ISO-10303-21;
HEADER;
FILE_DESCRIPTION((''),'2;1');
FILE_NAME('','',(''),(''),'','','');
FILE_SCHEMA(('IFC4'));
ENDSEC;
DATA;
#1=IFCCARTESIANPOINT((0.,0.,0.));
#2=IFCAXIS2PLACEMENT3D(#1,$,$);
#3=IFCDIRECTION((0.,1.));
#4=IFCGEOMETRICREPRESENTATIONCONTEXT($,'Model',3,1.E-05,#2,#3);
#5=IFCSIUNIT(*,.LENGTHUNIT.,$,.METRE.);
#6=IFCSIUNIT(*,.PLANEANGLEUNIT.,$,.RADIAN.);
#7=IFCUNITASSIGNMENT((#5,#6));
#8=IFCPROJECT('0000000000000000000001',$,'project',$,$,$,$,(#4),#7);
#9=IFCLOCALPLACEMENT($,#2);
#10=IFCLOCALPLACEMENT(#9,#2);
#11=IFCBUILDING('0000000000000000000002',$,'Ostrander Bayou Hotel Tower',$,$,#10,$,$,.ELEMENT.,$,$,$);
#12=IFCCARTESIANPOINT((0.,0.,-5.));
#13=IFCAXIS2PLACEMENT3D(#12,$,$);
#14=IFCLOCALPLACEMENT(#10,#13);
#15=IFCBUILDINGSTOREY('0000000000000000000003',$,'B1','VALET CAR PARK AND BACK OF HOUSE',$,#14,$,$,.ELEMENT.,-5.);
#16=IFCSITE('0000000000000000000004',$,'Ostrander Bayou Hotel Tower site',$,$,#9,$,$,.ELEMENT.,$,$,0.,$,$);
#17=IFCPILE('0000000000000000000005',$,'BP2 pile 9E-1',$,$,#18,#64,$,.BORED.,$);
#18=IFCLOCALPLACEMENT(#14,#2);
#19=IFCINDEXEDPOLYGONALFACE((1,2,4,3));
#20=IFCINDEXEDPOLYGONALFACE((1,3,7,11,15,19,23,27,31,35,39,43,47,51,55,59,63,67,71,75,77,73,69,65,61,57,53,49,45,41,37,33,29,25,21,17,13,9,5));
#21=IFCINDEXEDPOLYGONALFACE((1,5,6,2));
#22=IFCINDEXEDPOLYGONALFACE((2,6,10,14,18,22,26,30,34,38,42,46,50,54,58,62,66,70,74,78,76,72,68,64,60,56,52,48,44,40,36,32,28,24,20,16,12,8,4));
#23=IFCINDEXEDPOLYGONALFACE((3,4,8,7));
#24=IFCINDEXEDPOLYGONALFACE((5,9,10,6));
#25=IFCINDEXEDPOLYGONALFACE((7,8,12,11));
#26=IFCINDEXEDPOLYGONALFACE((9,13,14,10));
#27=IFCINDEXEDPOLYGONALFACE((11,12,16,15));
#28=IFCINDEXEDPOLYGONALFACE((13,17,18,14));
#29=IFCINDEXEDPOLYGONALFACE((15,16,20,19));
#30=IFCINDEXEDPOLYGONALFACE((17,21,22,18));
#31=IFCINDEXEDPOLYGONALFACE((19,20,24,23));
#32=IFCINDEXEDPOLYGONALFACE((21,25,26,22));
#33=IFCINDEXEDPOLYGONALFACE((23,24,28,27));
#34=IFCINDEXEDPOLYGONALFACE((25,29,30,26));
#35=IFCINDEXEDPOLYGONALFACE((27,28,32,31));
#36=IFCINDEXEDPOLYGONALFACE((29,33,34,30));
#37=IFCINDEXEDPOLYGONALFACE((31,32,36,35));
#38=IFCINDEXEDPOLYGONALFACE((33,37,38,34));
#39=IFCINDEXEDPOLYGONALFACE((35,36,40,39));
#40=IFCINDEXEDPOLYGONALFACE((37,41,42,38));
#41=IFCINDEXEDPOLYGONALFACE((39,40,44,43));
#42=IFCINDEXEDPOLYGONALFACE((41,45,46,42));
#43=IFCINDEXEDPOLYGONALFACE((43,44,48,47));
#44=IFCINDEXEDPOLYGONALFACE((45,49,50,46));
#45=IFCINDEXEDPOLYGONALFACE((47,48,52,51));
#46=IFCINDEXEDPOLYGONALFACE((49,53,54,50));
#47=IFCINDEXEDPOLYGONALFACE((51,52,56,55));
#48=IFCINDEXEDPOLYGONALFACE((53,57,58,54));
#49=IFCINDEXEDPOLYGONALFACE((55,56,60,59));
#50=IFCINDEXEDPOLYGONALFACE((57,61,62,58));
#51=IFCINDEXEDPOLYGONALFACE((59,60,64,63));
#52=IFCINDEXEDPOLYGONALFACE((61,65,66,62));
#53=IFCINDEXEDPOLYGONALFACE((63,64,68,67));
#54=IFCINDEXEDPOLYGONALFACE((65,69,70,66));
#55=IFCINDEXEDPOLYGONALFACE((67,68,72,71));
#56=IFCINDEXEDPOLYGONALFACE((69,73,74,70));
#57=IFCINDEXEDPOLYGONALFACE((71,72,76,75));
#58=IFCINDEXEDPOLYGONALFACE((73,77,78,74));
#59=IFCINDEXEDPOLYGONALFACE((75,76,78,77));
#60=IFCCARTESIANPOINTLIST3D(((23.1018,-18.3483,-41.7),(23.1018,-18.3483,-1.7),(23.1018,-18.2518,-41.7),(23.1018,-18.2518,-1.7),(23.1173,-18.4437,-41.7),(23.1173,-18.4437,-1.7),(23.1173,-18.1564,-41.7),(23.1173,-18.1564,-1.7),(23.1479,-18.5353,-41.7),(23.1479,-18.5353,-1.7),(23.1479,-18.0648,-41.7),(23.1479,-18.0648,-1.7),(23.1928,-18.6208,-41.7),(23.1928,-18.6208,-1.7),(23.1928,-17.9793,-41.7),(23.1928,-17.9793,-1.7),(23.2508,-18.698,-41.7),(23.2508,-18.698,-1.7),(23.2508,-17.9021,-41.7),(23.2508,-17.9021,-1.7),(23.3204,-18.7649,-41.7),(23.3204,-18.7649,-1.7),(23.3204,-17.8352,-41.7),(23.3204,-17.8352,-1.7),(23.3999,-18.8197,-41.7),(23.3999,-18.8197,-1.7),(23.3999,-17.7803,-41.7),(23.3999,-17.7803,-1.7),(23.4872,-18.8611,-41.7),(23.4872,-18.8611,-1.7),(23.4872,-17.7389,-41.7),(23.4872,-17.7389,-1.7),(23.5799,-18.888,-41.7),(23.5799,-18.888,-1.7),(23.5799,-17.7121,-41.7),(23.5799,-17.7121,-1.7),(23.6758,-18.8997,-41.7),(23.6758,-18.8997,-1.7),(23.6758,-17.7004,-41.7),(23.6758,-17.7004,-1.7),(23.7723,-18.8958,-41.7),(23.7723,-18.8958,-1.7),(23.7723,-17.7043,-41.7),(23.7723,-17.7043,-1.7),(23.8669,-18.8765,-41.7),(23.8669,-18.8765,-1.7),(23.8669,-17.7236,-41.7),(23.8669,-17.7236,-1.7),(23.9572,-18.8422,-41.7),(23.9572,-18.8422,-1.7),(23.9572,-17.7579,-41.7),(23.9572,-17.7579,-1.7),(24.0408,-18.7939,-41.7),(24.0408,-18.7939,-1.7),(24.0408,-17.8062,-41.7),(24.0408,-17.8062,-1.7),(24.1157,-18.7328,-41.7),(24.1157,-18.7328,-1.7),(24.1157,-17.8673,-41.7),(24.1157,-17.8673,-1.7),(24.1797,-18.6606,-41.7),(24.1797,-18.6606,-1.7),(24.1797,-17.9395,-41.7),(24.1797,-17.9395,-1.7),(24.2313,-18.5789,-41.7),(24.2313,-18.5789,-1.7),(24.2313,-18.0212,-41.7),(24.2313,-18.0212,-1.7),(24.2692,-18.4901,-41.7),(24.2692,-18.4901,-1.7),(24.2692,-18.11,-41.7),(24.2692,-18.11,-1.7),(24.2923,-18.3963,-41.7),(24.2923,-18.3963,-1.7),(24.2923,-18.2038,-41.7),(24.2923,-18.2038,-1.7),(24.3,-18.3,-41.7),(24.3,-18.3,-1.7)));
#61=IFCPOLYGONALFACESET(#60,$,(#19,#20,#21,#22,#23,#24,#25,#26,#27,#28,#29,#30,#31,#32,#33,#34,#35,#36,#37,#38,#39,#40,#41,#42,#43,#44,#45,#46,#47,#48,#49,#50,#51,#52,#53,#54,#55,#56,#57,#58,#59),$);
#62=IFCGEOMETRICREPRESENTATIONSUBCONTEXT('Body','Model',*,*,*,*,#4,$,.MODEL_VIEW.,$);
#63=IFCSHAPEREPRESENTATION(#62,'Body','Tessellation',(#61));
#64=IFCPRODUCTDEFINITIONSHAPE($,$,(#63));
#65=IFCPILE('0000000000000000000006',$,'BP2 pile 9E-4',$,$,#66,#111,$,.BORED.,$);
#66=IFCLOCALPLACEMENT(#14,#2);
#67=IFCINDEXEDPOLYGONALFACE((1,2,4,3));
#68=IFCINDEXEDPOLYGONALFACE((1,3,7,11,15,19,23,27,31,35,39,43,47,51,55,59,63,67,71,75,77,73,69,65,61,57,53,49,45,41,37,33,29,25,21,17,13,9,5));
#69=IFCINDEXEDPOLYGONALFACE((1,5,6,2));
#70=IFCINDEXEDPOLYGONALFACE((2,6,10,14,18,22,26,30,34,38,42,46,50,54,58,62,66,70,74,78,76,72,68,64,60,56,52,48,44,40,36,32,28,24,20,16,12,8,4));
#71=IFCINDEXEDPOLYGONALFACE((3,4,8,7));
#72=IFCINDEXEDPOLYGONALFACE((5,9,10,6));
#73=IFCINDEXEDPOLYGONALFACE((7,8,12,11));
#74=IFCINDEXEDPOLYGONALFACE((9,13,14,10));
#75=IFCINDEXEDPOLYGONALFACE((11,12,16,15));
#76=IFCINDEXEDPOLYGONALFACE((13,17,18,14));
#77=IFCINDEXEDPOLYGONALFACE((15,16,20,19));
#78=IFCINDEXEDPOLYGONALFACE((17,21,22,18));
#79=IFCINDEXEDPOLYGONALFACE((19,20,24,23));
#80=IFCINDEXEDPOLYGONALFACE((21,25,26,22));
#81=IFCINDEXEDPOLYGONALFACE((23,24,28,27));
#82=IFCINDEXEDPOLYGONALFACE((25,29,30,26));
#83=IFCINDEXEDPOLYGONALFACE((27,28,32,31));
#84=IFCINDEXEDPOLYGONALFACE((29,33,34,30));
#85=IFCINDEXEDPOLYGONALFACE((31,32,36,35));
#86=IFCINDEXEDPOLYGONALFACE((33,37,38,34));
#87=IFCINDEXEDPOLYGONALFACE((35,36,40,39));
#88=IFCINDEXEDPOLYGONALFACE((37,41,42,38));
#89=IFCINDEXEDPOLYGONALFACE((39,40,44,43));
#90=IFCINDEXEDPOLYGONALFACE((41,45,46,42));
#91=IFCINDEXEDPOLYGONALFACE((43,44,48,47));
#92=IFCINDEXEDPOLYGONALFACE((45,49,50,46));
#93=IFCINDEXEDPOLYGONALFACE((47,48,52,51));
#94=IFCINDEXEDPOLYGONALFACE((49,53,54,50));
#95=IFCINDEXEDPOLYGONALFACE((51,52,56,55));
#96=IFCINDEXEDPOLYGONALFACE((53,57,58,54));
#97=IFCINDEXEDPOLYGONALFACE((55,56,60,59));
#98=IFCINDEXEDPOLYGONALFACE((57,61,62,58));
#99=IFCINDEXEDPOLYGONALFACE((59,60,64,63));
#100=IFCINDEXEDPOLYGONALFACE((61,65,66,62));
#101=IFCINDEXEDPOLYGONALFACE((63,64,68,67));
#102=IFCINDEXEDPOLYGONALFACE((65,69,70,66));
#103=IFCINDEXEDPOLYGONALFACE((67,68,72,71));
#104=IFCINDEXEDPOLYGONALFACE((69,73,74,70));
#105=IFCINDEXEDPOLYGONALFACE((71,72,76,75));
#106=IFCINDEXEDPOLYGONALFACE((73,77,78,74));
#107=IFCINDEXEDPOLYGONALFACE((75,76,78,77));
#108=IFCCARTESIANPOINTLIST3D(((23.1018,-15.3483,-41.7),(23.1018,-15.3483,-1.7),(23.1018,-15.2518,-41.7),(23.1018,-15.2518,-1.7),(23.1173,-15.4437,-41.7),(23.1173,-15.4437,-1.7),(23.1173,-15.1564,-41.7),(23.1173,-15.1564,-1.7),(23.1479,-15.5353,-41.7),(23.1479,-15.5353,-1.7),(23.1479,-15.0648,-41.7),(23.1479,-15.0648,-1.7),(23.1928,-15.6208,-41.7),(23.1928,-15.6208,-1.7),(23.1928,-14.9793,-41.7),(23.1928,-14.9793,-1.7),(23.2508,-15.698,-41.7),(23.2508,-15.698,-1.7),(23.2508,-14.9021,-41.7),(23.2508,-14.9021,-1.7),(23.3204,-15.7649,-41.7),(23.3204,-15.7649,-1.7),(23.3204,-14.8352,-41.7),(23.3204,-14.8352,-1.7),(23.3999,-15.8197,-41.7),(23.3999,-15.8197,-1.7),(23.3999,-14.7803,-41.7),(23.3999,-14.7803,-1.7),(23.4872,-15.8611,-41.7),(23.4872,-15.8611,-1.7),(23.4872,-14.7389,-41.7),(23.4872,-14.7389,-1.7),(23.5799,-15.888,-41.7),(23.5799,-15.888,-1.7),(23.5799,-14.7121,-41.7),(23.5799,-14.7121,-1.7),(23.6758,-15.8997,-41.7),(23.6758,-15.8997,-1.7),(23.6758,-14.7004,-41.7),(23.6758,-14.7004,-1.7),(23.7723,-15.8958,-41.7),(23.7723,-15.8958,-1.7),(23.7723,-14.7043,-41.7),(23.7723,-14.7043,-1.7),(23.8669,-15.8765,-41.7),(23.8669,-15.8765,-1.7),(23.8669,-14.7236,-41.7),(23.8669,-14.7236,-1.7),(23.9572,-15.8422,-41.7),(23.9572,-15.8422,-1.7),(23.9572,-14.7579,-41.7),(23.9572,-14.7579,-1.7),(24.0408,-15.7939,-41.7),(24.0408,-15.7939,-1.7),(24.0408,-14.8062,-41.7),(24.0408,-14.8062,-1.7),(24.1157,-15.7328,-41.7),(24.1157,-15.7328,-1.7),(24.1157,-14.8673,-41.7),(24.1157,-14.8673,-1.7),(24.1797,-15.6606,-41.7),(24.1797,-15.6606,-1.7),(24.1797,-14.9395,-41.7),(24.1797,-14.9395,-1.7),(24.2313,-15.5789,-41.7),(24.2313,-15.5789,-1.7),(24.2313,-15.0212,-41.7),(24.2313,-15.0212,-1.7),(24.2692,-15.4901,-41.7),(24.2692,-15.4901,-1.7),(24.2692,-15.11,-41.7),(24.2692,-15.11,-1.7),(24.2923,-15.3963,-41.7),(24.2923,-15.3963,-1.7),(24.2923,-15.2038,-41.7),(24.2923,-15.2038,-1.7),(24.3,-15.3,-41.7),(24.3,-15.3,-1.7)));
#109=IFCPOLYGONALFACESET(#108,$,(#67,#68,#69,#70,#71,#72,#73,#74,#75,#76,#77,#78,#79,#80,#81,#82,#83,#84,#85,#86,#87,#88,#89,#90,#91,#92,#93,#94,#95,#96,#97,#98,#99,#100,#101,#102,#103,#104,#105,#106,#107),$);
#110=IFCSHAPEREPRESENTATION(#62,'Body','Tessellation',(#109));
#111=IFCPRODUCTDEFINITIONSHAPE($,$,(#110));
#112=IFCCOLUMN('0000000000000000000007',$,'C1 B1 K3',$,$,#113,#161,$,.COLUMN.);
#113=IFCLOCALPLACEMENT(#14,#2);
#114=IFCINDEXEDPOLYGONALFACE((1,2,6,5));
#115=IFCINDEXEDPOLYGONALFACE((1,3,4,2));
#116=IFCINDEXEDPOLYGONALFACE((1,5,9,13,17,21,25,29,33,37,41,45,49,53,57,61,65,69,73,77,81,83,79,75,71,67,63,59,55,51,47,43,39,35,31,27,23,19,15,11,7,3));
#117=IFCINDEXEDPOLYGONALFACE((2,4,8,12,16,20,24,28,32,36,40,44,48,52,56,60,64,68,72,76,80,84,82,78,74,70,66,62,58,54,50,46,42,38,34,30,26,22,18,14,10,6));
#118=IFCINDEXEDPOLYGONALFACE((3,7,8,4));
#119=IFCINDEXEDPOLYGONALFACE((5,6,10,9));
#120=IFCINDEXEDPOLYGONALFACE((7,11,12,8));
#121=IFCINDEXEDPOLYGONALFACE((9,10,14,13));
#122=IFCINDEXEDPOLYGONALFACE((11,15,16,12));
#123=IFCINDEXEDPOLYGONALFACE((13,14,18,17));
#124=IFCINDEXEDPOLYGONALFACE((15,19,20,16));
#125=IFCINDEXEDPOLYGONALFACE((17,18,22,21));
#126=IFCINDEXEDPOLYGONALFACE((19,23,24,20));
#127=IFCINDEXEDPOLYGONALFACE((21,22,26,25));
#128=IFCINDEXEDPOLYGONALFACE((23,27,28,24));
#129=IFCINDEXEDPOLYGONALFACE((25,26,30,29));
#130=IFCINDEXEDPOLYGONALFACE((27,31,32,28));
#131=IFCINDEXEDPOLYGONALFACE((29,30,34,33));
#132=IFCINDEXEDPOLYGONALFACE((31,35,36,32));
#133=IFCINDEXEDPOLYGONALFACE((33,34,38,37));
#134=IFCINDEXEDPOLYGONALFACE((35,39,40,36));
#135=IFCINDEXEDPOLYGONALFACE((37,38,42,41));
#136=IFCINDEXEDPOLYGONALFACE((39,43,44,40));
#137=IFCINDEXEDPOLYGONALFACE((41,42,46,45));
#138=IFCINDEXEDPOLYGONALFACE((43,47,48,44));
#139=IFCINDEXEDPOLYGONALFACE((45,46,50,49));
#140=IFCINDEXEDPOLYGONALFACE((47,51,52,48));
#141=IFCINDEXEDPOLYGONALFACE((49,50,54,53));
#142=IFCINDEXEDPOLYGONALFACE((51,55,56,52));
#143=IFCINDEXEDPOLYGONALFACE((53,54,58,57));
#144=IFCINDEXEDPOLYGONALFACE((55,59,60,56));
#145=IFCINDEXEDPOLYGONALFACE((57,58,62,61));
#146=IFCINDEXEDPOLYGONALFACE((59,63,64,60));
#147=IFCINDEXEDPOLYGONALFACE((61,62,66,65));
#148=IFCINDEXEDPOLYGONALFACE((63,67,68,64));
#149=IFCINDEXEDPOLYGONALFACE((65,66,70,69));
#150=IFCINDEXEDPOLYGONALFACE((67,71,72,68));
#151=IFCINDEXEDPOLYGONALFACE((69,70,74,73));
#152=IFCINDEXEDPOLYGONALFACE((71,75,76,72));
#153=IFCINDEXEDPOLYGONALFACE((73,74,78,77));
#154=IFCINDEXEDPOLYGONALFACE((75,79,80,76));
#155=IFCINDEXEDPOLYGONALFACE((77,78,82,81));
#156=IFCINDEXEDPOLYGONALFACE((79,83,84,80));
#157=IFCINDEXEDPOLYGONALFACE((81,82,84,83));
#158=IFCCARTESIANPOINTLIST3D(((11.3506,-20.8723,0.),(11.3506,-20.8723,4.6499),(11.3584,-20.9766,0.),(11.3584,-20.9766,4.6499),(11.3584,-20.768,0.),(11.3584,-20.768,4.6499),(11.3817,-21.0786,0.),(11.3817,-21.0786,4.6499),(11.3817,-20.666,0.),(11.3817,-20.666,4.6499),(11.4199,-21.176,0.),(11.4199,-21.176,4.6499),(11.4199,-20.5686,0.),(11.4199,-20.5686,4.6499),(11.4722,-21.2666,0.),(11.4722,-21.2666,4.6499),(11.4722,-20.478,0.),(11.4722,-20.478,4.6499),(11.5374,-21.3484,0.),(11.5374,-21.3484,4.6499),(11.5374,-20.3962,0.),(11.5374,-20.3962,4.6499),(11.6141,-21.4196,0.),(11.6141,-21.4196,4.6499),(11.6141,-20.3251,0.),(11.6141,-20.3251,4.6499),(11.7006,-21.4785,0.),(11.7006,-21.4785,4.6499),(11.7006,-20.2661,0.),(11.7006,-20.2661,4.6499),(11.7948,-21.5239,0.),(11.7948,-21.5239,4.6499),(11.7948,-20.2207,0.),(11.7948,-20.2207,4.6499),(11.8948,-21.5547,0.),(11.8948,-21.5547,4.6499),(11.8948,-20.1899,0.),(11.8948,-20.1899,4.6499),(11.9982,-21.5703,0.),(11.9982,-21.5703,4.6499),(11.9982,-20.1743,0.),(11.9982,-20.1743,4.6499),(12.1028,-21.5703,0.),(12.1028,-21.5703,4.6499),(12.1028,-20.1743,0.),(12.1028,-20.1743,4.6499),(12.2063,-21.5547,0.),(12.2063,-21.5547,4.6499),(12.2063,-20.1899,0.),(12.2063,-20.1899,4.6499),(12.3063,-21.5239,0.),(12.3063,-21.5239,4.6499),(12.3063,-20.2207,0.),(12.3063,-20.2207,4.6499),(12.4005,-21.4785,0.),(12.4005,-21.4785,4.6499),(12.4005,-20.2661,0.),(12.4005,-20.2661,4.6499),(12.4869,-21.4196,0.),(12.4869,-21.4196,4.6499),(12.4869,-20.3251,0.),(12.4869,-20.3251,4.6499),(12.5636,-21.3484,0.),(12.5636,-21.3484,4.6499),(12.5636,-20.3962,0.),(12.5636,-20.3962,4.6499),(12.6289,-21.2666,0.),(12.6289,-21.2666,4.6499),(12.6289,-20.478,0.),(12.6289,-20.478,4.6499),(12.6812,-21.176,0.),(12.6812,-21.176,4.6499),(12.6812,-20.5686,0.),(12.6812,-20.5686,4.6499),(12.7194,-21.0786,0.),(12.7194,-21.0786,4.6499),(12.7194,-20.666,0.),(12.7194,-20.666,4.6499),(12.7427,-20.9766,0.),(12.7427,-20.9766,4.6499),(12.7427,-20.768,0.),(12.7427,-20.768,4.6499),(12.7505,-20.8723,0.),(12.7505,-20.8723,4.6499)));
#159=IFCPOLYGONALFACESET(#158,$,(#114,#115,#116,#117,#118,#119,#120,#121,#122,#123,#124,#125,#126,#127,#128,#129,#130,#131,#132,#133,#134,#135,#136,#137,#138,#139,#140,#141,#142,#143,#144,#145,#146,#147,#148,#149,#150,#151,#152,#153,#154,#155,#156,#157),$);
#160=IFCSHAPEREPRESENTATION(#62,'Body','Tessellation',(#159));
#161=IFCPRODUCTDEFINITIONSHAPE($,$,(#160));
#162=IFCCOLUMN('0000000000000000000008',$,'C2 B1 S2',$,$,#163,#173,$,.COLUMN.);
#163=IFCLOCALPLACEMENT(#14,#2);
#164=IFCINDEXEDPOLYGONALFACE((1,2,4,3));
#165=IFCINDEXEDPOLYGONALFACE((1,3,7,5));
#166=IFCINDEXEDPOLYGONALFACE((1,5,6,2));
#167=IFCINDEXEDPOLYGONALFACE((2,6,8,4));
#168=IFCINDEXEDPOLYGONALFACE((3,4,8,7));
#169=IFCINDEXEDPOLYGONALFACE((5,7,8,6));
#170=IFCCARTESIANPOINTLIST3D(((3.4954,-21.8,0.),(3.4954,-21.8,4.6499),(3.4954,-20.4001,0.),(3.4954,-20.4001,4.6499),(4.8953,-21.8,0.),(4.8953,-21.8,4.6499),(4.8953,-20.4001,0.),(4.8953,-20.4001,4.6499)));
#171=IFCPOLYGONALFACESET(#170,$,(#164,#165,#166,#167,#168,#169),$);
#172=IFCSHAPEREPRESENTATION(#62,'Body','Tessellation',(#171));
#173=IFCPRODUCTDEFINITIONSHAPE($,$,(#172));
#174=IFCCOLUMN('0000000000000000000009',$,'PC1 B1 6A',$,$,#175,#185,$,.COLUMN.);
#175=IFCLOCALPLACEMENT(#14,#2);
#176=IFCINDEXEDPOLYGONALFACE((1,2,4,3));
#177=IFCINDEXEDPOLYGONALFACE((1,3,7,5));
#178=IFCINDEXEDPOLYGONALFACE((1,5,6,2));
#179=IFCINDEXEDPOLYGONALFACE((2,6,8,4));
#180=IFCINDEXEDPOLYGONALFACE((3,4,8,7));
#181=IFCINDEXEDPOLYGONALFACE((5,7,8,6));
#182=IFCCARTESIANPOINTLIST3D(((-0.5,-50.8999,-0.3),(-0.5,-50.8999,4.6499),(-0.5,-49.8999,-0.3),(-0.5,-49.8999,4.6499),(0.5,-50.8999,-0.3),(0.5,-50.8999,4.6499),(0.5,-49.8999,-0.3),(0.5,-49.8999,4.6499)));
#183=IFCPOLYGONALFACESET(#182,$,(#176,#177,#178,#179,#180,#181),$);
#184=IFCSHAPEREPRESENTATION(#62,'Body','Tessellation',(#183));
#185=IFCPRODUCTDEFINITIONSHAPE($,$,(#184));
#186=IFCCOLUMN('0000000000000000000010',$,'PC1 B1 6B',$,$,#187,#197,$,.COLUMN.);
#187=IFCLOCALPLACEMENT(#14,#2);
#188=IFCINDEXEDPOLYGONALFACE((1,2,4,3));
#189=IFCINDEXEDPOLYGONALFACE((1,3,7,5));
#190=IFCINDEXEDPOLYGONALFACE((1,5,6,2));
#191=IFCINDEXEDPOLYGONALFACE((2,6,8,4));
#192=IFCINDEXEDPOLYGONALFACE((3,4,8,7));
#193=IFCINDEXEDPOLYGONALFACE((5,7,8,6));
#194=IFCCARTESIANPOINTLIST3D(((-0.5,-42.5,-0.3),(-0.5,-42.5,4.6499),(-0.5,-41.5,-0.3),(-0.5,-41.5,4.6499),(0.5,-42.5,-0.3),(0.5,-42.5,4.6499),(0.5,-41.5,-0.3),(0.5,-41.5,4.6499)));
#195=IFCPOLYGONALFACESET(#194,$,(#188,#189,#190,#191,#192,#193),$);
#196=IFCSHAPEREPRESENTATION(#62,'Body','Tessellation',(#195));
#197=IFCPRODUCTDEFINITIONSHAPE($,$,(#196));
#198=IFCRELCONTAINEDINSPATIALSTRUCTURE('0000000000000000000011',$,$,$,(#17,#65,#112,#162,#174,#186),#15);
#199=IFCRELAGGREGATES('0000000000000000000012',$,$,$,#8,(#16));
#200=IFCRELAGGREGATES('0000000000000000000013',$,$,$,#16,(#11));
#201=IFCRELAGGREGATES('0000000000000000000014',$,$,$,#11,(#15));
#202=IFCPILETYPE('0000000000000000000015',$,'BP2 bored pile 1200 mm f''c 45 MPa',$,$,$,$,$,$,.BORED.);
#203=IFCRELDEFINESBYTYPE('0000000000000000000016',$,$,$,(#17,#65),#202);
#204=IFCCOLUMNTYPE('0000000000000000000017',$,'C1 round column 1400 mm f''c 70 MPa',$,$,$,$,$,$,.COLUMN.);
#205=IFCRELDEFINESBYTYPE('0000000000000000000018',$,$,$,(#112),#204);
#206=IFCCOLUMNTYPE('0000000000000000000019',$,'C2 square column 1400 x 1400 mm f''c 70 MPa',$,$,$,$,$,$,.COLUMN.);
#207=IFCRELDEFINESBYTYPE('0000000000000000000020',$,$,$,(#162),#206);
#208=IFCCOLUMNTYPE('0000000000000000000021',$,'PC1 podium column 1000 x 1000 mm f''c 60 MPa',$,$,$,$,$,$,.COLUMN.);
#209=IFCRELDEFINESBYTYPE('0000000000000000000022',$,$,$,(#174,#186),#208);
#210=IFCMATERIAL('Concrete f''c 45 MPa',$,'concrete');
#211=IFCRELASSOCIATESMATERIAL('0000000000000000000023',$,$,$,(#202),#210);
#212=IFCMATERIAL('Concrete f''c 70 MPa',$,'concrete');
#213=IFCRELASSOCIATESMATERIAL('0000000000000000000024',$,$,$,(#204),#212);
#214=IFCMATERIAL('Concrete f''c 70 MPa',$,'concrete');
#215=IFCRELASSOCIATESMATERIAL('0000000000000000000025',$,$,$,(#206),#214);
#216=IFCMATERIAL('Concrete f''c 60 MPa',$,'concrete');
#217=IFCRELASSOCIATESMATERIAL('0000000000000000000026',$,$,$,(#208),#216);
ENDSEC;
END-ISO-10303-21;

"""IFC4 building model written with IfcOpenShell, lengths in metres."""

from ifc_helpers import new_model, si_unit, direction, frame, origin, origin_2d, place, context, subcontext, project, spatial, rectangle, circle, extrude, material, material_profile, profile_set, type_object, element, save


model = new_model("IFC4")

# Units and contexts
model_context = context("Model", 3, precision=1e-05, world=origin(), true_north=direction((0.0, 1.0)))
body_context = subcontext(model_context, "Body", "Model", "MODEL_VIEW")
ifc_project = project(units=[si_unit("LENGTHUNIT", "METRE"), si_unit("PLANEANGLEUNIT", "RADIAN")], contexts=[model_context])

# Site, building, storey
site_placement = place(None, origin())
site = spatial("IfcSite", under=ifc_project, at=site_placement, Name="Ostrander Bayou Hotel Tower site", CompositionType="ELEMENT", RefElevation=0.0)
building_placement = place(site_placement, origin())
building = spatial("IfcBuilding", under=site, at=building_placement, Name="Ostrander Bayou Hotel Tower", CompositionType="ELEMENT")
storey_placement = place(building_placement, frame((0.0, 0.0, -5.0)))
storey = spatial("IfcBuildingStorey", under=building, at=storey_placement, Name="B1", Description="VALET CAR PARK AND BACK OF HOUSE", CompositionType="ELEMENT", Elevation=-5.0)

# Piles
ifc_material_1 = material(Name="Concrete f'c 45 MPa", Category="concrete")
ifc_material_profile_1 = material_profile(ifc_material_1, circle(Radius=0.6001, at=origin_2d()))
ifc_profile_set_1 = profile_set([ifc_material_profile_1], Name="Concrete f'c 45 MPa")
pile_type_1 = type_object("IfcPileType", Name="BP2 bored pile 1200 mm f'c 45 MPa", PredefinedType="BORED", material=ifc_profile_set_1)
for number, where, z_axis, x_axis, name in (
    (1, (23.7, -18.3, -1.7), (0.0, 0.0, -1.0), (1.0, 0.0, 0.0), "BP2 pile 9E-1"),
    (2, (23.7, -15.3, -1.7), (0.0, 0.0, -1.0), (1.0, 0.0, 0.0), "BP2 pile 9E-4"),
):
    element("IfcPile", number, at=place(storey_placement, frame(where, z_axis=z_axis, x_axis=x_axis)), inside=storey, type_object=pile_type_1, Name=name, PredefinedType="BORED", context=body_context, shape_type="SweptSolid", body=[
        extrude(circle(Radius=0.6001, at=origin_2d()), origin(), (0.0, 0.0, 1.0), 40.0),
    ])

# Columns
ifc_material_2 = material(Name="Concrete f'c 70 MPa", Category="concrete")
ifc_material_profile_2 = material_profile(ifc_material_2, circle(Radius=0.7, at=origin_2d()))
ifc_profile_set_2 = profile_set([ifc_material_profile_2], Name="Concrete f'c 70 MPa")
column_type_1 = type_object("IfcColumnType", Name="C1 round column 1400 mm f'c 70 MPa", PredefinedType="COLUMN", material=ifc_profile_set_2)
column_1_placement = place(storey_placement, frame((12.0505, -20.8723, 0.0), z_axis=(0.0, 0.0, 1.0), x_axis=(1.0, 0.0, 0.0)))
element("IfcColumn", 3, at=column_1_placement, inside=storey, type_object=column_type_1, Name="C1 B1 K3", PredefinedType="COLUMN", context=body_context, shape_type="SweptSolid", body=[
    extrude(circle(Radius=0.7, at=origin_2d()), origin(), (0.0, 0.0, 1.0), 4.6499),
])
ifc_material_3 = material(Name="Concrete f'c 70 MPa", Category="concrete")
ifc_material_profile_3 = material_profile(ifc_material_3, rectangle(XDim=1.3999, YDim=1.3999, at=origin_2d()))
ifc_profile_set_3 = profile_set([ifc_material_profile_3], Name="Concrete f'c 70 MPa")
column_type_2 = type_object("IfcColumnType", Name="C2 square column 1400 x 1400 mm f'c 70 MPa", PredefinedType="COLUMN", material=ifc_profile_set_3)
column_2_placement = place(storey_placement, frame((4.1953, -21.1001, 0.0), z_axis=(0.0, 0.0, 1.0), x_axis=(-1.0, 0.0, 0.0)))
element("IfcColumn", 4, at=column_2_placement, inside=storey, type_object=column_type_2, Name="C2 B1 S2", PredefinedType="COLUMN", context=body_context, shape_type="SweptSolid", body=[
    extrude(rectangle(XDim=1.3999, YDim=1.3999, at=origin_2d()), origin(), (0.0, 0.0, 1.0), 4.6499),
])
ifc_material_4 = material(Name="Concrete f'c 60 MPa", Category="concrete")
ifc_material_profile_4 = material_profile(ifc_material_4, rectangle(XDim=1.0, YDim=1.0, at=origin_2d()))
ifc_profile_set_4 = profile_set([ifc_material_profile_4], Name="Concrete f'c 60 MPa")
column_type_3 = type_object("IfcColumnType", Name="PC1 podium column 1000 x 1000 mm f'c 60 MPa", PredefinedType="COLUMN", material=ifc_profile_set_4)
for number, where, z_axis, x_axis, name in (
    (5, (0.0, -50.3999, -0.3), (0.0, 0.0, 1.0), (1.0, 0.0, 0.0), "PC1 B1 6A"),
    (6, (0.0, -42.0, -0.3), (0.0, 0.0, 1.0), (1.0, 0.0, 0.0), "PC1 B1 6B"),
):
    element("IfcColumn", number, at=place(storey_placement, frame(where, z_axis=z_axis, x_axis=x_axis)), inside=storey, type_object=column_type_3, Name=name, PredefinedType="COLUMN", context=body_context, shape_type="SweptSolid", body=[
        extrude(rectangle(XDim=1.0, YDim=1.0, at=origin_2d()), origin(), (0.0, 0.0, 1.0), 4.95),
    ])

save(model, "model.ifc")
